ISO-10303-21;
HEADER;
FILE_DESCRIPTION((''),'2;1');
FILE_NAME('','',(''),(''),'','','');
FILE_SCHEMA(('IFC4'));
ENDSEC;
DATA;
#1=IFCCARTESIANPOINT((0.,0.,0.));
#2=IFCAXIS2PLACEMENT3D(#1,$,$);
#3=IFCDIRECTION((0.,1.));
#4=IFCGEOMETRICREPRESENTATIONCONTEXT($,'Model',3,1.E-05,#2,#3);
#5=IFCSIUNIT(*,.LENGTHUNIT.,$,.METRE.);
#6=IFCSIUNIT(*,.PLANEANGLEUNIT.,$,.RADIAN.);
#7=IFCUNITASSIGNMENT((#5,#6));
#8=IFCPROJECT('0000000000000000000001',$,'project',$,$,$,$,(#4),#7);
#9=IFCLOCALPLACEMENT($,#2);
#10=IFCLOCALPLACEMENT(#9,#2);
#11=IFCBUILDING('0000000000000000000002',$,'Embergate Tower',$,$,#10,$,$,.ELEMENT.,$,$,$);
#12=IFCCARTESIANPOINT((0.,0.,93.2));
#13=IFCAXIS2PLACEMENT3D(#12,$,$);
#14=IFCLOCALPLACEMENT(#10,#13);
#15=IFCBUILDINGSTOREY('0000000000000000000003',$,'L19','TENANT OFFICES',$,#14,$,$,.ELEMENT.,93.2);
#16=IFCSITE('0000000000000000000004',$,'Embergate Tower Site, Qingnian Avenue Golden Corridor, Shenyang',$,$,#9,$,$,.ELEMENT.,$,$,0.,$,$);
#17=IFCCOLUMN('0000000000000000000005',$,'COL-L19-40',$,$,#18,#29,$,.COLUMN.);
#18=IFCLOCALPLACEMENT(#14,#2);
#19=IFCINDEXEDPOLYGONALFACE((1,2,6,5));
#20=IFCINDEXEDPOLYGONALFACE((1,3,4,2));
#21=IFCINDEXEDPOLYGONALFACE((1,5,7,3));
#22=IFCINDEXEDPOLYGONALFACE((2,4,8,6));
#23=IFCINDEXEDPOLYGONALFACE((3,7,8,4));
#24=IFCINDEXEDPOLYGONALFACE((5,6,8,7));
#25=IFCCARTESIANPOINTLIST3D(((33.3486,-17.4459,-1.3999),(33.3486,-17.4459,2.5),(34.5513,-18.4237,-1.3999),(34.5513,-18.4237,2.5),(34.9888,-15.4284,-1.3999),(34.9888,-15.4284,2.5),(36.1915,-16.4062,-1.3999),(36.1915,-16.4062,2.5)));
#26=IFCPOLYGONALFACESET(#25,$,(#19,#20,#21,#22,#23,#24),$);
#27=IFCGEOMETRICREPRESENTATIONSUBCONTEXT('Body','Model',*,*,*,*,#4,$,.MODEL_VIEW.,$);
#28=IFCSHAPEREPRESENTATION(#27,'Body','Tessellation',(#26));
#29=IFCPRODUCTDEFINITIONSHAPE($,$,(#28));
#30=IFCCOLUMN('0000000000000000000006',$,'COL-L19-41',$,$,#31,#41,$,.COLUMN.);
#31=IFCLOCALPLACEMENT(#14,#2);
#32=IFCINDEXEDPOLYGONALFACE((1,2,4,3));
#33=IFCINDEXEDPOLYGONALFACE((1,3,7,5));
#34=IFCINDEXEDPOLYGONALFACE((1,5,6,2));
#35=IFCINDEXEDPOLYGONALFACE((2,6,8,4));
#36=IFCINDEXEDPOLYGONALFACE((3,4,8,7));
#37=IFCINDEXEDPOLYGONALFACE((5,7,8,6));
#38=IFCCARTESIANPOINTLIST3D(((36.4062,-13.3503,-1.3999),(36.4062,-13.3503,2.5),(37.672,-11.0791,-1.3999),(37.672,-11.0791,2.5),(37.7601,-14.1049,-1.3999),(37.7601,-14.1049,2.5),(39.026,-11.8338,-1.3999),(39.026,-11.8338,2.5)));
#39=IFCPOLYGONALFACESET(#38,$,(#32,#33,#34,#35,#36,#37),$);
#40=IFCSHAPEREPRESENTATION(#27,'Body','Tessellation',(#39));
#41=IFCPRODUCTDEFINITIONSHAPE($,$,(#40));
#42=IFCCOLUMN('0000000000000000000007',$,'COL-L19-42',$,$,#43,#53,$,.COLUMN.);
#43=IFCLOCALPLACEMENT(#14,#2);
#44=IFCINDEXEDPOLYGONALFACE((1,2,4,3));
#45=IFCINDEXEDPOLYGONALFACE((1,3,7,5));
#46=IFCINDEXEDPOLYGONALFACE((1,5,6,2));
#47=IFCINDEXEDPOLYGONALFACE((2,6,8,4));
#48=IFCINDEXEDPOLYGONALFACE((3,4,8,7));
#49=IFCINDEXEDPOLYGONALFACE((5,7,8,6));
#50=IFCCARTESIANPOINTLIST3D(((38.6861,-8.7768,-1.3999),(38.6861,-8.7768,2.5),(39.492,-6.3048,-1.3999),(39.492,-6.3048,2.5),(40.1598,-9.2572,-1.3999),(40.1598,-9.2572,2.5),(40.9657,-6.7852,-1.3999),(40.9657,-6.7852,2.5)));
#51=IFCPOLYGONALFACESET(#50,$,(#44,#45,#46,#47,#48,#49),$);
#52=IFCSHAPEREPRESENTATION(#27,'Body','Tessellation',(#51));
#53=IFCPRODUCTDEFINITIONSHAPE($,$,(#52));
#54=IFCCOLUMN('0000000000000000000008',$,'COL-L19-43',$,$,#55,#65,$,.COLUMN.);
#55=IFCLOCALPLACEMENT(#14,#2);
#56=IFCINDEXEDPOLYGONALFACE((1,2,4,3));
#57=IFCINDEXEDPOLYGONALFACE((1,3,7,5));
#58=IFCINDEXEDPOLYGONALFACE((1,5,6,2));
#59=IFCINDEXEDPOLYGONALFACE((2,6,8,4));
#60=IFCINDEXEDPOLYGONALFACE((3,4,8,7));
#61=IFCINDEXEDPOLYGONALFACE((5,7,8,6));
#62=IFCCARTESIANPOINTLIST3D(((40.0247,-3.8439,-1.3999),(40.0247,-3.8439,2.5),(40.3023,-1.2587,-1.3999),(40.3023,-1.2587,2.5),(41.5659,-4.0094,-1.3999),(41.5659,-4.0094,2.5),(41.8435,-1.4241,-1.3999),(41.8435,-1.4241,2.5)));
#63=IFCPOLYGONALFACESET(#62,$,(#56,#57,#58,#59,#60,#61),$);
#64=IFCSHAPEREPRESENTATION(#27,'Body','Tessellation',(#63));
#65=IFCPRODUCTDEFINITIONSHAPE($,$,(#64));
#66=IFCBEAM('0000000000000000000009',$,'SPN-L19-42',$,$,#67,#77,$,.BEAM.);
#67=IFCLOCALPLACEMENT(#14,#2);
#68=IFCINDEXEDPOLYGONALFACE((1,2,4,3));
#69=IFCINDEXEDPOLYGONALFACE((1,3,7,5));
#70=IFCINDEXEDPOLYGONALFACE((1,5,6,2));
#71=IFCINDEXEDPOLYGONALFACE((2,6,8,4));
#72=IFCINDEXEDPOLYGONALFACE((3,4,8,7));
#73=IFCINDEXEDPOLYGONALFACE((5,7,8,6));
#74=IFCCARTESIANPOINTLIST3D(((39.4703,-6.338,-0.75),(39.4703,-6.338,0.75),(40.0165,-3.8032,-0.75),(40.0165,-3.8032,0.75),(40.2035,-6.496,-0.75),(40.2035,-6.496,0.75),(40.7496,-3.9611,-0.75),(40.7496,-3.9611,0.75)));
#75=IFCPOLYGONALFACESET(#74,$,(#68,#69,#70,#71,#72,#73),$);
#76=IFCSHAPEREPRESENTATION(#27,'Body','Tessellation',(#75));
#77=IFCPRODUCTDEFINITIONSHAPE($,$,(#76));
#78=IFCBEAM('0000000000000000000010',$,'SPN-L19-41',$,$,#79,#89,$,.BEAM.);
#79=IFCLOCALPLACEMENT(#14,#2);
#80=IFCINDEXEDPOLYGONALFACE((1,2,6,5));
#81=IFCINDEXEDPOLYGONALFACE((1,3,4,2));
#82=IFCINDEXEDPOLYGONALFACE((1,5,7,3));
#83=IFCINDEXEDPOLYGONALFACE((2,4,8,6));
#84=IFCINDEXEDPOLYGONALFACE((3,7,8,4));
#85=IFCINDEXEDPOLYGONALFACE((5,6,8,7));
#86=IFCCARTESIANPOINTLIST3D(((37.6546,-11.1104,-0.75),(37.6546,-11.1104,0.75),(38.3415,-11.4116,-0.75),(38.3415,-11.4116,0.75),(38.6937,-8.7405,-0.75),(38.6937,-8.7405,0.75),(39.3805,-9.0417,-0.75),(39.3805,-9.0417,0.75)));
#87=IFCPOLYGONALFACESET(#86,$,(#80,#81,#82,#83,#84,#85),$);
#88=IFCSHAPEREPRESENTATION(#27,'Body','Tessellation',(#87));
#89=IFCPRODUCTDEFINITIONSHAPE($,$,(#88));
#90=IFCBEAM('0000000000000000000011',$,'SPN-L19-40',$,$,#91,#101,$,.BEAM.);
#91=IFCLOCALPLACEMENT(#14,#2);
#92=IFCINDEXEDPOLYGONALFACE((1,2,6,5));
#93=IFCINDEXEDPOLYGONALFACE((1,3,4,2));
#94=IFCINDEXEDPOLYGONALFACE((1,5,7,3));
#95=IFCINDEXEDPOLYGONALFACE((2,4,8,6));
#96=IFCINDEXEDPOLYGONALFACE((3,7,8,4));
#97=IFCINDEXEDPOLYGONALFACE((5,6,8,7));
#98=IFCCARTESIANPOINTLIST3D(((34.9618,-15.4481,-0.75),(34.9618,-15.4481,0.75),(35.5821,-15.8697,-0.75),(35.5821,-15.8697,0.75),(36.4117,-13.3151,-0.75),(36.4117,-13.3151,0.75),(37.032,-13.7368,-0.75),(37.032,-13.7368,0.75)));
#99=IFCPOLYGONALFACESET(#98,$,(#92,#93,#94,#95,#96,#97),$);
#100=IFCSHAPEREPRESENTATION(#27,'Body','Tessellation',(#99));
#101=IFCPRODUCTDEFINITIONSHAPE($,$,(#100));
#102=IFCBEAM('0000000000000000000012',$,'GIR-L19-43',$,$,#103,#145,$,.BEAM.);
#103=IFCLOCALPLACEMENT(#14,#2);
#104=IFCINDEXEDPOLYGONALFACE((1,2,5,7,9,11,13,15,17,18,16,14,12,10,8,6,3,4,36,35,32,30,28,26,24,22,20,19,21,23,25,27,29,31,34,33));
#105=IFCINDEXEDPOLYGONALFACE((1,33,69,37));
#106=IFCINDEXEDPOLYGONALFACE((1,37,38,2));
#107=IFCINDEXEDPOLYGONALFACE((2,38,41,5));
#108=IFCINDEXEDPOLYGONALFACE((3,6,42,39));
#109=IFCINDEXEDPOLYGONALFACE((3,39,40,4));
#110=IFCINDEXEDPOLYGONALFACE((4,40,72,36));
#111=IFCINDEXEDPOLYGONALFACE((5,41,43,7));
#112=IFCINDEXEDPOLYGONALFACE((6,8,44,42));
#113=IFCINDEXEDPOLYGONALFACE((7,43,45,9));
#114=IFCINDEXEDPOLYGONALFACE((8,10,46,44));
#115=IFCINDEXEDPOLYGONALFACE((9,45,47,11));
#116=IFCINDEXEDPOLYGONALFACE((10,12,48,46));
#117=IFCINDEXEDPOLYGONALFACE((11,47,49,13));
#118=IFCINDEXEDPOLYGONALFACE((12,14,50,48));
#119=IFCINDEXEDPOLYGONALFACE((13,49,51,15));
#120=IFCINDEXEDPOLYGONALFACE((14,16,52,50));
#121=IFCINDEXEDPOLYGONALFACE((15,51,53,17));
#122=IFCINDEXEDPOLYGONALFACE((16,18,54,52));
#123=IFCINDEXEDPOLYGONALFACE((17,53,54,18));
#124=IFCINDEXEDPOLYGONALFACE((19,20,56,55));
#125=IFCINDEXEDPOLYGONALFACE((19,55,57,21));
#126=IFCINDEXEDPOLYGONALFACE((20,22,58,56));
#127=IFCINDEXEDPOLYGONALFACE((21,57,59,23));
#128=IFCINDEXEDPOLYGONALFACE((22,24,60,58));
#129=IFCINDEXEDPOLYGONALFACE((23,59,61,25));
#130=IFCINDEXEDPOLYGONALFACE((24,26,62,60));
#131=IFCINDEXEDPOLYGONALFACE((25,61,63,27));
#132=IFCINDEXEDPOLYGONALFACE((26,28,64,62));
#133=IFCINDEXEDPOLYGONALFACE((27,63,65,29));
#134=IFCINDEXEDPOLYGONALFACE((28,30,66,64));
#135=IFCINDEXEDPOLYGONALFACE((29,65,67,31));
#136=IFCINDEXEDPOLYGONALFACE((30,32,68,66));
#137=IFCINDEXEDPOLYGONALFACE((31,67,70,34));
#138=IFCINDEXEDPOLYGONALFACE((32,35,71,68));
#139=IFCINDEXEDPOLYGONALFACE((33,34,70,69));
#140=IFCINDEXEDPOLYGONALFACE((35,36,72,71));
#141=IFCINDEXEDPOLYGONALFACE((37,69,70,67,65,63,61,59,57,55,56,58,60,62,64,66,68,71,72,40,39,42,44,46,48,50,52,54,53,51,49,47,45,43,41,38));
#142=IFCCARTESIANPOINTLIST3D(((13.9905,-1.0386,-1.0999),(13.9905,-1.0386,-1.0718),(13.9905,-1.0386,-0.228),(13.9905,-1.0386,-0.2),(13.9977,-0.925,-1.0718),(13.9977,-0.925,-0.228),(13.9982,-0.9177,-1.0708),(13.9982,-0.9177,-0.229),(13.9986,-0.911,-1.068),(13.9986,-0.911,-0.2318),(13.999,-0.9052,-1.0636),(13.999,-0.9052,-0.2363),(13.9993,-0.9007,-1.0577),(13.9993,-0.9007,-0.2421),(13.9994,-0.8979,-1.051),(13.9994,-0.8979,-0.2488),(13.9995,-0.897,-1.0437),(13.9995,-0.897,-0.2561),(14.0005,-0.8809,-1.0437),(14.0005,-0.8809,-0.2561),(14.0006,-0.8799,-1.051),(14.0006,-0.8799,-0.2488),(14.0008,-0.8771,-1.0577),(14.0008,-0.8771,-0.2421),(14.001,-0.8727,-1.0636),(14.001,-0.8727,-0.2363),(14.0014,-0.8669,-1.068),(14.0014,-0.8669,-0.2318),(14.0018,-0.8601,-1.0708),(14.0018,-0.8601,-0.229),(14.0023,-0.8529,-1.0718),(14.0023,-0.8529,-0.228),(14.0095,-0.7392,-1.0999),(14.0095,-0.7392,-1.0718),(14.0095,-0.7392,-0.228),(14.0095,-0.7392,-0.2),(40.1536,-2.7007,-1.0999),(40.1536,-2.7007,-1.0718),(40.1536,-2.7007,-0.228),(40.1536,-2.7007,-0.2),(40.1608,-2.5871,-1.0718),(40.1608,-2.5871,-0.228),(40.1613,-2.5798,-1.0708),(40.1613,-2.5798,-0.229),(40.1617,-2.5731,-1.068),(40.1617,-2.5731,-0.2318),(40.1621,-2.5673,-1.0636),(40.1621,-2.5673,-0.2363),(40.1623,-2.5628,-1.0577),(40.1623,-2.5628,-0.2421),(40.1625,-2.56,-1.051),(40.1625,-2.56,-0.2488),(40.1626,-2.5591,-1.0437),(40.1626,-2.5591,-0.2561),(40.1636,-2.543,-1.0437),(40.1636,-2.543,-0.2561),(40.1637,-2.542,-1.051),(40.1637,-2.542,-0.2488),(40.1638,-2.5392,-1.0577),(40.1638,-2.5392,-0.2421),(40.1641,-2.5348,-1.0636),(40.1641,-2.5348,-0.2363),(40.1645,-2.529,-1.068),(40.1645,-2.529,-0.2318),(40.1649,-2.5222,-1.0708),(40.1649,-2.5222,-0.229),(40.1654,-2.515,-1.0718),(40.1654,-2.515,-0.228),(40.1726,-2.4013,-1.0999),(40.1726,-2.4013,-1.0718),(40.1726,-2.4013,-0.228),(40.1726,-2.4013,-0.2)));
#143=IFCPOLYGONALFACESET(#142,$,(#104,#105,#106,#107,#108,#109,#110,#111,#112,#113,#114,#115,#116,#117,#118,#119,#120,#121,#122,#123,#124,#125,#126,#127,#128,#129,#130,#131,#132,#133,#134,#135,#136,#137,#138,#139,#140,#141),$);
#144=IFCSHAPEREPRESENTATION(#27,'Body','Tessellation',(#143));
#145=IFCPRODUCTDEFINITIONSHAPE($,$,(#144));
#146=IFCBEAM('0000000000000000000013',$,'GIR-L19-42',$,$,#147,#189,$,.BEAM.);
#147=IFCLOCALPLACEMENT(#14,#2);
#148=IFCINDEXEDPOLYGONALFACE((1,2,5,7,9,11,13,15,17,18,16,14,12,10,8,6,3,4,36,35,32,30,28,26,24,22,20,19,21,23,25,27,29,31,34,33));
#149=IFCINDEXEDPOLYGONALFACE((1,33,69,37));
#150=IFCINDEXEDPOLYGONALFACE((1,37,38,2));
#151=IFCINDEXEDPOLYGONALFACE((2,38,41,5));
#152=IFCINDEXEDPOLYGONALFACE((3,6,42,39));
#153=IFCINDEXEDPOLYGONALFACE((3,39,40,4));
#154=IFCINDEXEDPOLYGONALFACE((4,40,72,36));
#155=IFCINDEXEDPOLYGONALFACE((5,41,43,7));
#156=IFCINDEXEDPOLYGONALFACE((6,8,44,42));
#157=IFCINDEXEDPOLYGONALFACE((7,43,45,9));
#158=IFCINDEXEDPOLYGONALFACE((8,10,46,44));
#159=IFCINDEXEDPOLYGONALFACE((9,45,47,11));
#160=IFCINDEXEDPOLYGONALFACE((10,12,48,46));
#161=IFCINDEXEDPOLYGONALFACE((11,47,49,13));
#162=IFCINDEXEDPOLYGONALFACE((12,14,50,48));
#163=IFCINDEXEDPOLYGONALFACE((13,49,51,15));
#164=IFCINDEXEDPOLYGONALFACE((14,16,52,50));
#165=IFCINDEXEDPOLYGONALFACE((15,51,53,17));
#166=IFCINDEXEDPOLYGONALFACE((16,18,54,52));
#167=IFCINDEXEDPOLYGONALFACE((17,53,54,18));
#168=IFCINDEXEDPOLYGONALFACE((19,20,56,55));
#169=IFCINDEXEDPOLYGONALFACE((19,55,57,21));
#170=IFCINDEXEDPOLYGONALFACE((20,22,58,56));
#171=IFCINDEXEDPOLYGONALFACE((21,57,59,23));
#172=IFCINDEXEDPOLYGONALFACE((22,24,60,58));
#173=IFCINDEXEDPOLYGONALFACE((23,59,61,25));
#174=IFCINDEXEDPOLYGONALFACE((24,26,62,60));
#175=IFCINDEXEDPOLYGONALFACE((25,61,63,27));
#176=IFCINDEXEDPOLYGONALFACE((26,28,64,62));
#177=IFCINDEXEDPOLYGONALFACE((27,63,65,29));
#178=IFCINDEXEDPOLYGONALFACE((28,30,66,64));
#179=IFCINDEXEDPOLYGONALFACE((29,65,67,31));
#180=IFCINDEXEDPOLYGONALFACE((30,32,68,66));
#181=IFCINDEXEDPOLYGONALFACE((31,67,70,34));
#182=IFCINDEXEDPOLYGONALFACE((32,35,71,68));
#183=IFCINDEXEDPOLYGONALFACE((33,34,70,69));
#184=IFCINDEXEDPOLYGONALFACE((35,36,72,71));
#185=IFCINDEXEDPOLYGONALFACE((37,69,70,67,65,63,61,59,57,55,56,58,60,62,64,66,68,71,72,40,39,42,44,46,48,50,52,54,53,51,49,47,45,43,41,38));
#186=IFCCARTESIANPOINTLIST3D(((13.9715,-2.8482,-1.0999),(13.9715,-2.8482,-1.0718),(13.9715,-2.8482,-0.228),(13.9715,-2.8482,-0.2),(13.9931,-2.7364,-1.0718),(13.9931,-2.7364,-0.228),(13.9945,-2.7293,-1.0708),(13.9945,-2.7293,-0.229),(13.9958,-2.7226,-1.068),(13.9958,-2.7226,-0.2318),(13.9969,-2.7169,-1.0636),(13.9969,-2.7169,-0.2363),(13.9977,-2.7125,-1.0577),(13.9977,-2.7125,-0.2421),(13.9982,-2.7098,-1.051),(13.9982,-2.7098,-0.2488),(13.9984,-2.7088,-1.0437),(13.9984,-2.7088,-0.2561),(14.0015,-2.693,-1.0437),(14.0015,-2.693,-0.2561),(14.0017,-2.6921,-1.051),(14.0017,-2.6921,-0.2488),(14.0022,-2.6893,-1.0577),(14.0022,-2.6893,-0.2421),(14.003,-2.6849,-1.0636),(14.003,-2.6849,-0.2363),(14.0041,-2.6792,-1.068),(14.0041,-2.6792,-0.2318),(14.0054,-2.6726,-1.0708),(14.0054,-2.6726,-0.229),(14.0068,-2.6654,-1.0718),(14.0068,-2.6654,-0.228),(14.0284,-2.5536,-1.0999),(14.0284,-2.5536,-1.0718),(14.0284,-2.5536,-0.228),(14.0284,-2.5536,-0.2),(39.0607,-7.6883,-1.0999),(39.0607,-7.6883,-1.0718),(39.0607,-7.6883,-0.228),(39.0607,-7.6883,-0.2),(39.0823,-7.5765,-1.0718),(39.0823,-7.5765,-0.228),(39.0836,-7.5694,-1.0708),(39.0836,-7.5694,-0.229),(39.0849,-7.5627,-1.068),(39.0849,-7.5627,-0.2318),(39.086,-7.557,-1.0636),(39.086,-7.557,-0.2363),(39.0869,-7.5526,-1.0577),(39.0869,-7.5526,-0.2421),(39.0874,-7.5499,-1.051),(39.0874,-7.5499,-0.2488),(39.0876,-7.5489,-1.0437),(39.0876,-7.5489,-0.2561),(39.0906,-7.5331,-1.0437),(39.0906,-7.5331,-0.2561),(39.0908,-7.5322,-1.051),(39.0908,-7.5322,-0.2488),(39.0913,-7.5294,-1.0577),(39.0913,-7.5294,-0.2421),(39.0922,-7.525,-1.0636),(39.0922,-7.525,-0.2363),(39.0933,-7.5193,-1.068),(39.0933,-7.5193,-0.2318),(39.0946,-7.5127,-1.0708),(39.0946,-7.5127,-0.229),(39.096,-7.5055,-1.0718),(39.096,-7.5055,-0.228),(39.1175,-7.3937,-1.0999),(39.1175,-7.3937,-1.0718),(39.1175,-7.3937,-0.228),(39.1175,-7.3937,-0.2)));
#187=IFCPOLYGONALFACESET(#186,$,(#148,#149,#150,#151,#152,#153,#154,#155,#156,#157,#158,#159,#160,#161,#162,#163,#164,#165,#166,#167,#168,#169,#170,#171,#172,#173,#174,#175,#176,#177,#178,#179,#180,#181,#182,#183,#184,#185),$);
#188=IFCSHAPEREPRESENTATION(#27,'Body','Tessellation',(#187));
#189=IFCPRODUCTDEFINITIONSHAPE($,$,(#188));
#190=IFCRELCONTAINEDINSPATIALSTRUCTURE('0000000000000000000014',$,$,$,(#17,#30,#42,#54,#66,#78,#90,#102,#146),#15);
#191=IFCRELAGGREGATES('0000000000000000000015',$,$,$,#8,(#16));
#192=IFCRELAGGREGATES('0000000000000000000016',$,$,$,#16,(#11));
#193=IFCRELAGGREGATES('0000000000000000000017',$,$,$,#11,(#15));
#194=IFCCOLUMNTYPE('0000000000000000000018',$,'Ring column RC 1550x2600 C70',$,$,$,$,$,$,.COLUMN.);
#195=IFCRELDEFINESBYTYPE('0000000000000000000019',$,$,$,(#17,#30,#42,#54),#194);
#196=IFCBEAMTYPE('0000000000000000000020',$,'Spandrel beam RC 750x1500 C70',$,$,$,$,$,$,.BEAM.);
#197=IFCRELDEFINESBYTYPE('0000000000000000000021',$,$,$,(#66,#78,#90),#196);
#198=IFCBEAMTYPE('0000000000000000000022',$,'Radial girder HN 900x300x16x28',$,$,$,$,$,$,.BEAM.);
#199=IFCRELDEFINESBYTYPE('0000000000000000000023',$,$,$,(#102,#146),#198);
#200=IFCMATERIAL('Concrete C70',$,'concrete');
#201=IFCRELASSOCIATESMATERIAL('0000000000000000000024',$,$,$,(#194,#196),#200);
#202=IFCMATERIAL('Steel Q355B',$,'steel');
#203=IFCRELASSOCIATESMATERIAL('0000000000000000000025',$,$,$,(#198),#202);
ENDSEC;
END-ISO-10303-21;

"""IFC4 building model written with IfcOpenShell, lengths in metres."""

from ifc_helpers import new_model, si_unit, direction, frame, origin, origin_2d, place, context, subcontext, project, spatial, rectangle, i_section, extrude, source, transform, mapped, material, material_profile, profile_set, type_object, element, save


model = new_model("IFC4")

# Units and contexts
model_context = context("Model", 3, precision=1e-05, world=origin(), true_north=direction((0.0, 1.0)))
body_context = subcontext(model_context, "Body", "Model", "MODEL_VIEW")
ifc_project = project(units=[si_unit("LENGTHUNIT", "METRE"), si_unit("PLANEANGLEUNIT", "RADIAN")], contexts=[model_context])

# Site, building, storey
site_placement = place(None, origin())
site = spatial("IfcSite", under=ifc_project, at=site_placement, Name="Embergate Tower Site, Qingnian Avenue Golden Corridor, Shenyang", CompositionType="ELEMENT", RefElevation=0.0)
building_placement = place(site_placement, origin())
building = spatial("IfcBuilding", under=site, at=building_placement, Name="Embergate Tower", CompositionType="ELEMENT")
storey_placement = place(building_placement, frame((0.0, 0.0, 93.2)))
storey = spatial("IfcBuildingStorey", under=building, at=storey_placement, Name="L19", Description="TENANT OFFICES", CompositionType="ELEMENT", Elevation=93.2)

# Columns
ifc_material_1 = material(Name="Concrete C70", Category="concrete")
ifc_material_profile_1 = material_profile(ifc_material_1, rectangle(XDim=1.55, YDim=2.6001, at=origin_2d()), Name="RC 1550x2600")
ifc_profile_set_1 = profile_set([ifc_material_profile_1], Name="Concrete C70")
column_type = type_object("IfcColumnType", Name="Ring column RC 1550x2600 C70", PredefinedType="COLUMN", material=ifc_profile_set_1)
shared_shape_1 = source(origin(), body_context, "Body", "SweptSolid", [
    extrude(rectangle(XDim=1.55, YDim=2.6001, at=origin_2d()), origin(), (0.0, 0.0, 1.0), 3.8999),
])
for number, where, z_axis, x_axis, name in (
    (1, (34.77, -16.926, -1.3999), (0.0, 0.0, 1.0), (0.775925, -0.630825, 0.0), "COL-L19-40"),
    (2, (37.7161, -12.592, -1.3999), (0.0, 0.0, 1.0), (0.873492, -0.486839, 0.0), "COL-L19-41"),
    (3, (39.8259, -7.781, -1.3999), (0.0, 0.0, 1.0), (0.950754, -0.309946, 0.0), "COL-L19-42"),
    (4, (40.9341, -2.634, -1.3999), (0.0, 0.0, 1.0), (0.994286, -0.10675, 0.0), "COL-L19-43"),
):
    element("IfcColumn", number, at=place(storey_placement, frame(where, z_axis=z_axis, x_axis=x_axis)), inside=storey, type_object=column_type, Name=name, PredefinedType="COLUMN", context=body_context, shape_type="MappedRepresentation", body=[
        mapped(shared_shape_1, transform((0.0, 0.0, 0.0))),
    ])

# Beams
ifc_material_profile_2 = material_profile(ifc_material_1, rectangle(XDim=0.75, YDim=1.5, at=origin_2d()), Name="RC 750x1500")
ifc_profile_set_2 = profile_set([ifc_material_profile_2], Name="Concrete C70")
beam_type_1 = type_object("IfcBeamType", Name="Spandrel beam RC 750x1500 C70", PredefinedType="BEAM", material=ifc_profile_set_2)
shared_shape_2 = source(origin(), body_context, "Body", "SweptSolid", [
    extrude(rectangle(XDim=0.75, YDim=1.5, at=origin_2d()), origin(), (0.0, 0.0, 1.0), 2.593),
])
beam_1_placement = place(storey_placement, frame((39.8369, -6.417, 0.0), z_axis=(0.210616, 0.977569, 0.0), x_axis=(-0.977569, 0.210616, 0.0)))
element("IfcBeam", 5, at=beam_1_placement, inside=storey, type_object=beam_type_1, Name="SPN-L19-42", PredefinedType="BEAM", context=body_context, shape_type="MappedRepresentation", body=[
    mapped(shared_shape_2, transform((0.0, 0.0, 0.0))),
])
shared_shape_3 = source(origin(), body_context, "Body", "SweptSolid", [
    extrude(rectangle(XDim=0.75, YDim=1.5, at=origin_2d()), origin(), (0.0, 0.0, 1.0), 2.5876),
])
beam_2_placement = place(storey_placement, frame((37.998, -11.261, 0.0), z_axis=(0.401546, 0.915839, 0.0), x_axis=(-0.915839, 0.401546, 0.0)))
element("IfcBeam", 6, at=beam_2_placement, inside=storey, type_object=beam_type_1, Name="SPN-L19-41", PredefinedType="BEAM", context=body_context, shape_type="MappedRepresentation", body=[
    mapped(shared_shape_3, transform((0.0, 0.0, 0.0))),
])
shared_shape_4 = source(origin(), body_context, "Body", "SweptSolid", [
    extrude(rectangle(XDim=0.75, YDim=1.5, at=origin_2d()), origin(), (0.0, 0.0, 1.0), 2.5791),
])
beam_3_placement = place(storey_placement, frame((35.272, -15.6589, 0.0), z_axis=(0.56217, 0.827022, 0.0), x_axis=(-0.827022, 0.56217, 0.0)))
element("IfcBeam", 7, at=beam_3_placement, inside=storey, type_object=beam_type_1, Name="SPN-L19-40", PredefinedType="BEAM", context=body_context, shape_type="MappedRepresentation", body=[
    mapped(shared_shape_4, transform((0.0, 0.0, 0.0))),
])
ifc_material_2 = material(Name="Steel Q355B", Category="steel")
ifc_material_profile_3 = material_profile(ifc_material_2, i_section(OverallWidth=0.3, OverallDepth=0.8999, WebThickness=0.0161, FlangeThickness=0.0281, FilletRadius=0.0281, at=origin_2d()), Name="HN 900x300x16x28")
ifc_profile_set_3 = profile_set([ifc_material_profile_3], Name="Steel Q355 grade B")
beam_type_2 = type_object("IfcBeamType", Name="Radial girder HN 900x300x16x28", PredefinedType="BEAM", material=ifc_profile_set_3)
shared_shape_5 = source(origin(), body_context, "Body", "SweptSolid", [
    extrude(i_section(OverallWidth=0.3, OverallDepth=0.8999, WebThickness=0.0161, FlangeThickness=0.0281, FilletRadius=0.0281, at=origin_2d()), origin(), (0.0, 0.0, 1.0), 26.2158),
])
beam_4_placement = place(storey_placement, frame((40.1631, -2.551, -0.6499), z_axis=(-0.997988, 0.063401, 0.0), x_axis=(-0.063401, -0.997988, 0.0)))
element("IfcBeam", 8, at=beam_4_placement, inside=storey, type_object=beam_type_2, Name="GIR-L19-43", PredefinedType="BEAM", context=body_context, shape_type="MappedRepresentation", body=[
    mapped(shared_shape_5, transform((0.0, 0.0, 0.0))),
])
shared_shape_6 = source(origin(), body_context, "Body", "SweptSolid", [
    extrude(i_section(OverallWidth=0.3, OverallDepth=0.8999, WebThickness=0.0161, FlangeThickness=0.0281, FilletRadius=0.0281, at=origin_2d()), origin(), (0.0, 0.0, 1.0), 25.5518),
])
beam_5_placement = place(storey_placement, frame((39.0891, -7.541, -0.6499), z_axis=(-0.981896, 0.189423, 0.0), x_axis=(-0.189423, -0.981896, 0.0)))
element("IfcBeam", 9, at=beam_5_placement, inside=storey, type_object=beam_type_2, Name="GIR-L19-42", PredefinedType="BEAM", context=body_context, shape_type="MappedRepresentation", body=[
    mapped(shared_shape_6, transform((0.0, 0.0, 0.0))),
])

save(model, "model.ifc")
